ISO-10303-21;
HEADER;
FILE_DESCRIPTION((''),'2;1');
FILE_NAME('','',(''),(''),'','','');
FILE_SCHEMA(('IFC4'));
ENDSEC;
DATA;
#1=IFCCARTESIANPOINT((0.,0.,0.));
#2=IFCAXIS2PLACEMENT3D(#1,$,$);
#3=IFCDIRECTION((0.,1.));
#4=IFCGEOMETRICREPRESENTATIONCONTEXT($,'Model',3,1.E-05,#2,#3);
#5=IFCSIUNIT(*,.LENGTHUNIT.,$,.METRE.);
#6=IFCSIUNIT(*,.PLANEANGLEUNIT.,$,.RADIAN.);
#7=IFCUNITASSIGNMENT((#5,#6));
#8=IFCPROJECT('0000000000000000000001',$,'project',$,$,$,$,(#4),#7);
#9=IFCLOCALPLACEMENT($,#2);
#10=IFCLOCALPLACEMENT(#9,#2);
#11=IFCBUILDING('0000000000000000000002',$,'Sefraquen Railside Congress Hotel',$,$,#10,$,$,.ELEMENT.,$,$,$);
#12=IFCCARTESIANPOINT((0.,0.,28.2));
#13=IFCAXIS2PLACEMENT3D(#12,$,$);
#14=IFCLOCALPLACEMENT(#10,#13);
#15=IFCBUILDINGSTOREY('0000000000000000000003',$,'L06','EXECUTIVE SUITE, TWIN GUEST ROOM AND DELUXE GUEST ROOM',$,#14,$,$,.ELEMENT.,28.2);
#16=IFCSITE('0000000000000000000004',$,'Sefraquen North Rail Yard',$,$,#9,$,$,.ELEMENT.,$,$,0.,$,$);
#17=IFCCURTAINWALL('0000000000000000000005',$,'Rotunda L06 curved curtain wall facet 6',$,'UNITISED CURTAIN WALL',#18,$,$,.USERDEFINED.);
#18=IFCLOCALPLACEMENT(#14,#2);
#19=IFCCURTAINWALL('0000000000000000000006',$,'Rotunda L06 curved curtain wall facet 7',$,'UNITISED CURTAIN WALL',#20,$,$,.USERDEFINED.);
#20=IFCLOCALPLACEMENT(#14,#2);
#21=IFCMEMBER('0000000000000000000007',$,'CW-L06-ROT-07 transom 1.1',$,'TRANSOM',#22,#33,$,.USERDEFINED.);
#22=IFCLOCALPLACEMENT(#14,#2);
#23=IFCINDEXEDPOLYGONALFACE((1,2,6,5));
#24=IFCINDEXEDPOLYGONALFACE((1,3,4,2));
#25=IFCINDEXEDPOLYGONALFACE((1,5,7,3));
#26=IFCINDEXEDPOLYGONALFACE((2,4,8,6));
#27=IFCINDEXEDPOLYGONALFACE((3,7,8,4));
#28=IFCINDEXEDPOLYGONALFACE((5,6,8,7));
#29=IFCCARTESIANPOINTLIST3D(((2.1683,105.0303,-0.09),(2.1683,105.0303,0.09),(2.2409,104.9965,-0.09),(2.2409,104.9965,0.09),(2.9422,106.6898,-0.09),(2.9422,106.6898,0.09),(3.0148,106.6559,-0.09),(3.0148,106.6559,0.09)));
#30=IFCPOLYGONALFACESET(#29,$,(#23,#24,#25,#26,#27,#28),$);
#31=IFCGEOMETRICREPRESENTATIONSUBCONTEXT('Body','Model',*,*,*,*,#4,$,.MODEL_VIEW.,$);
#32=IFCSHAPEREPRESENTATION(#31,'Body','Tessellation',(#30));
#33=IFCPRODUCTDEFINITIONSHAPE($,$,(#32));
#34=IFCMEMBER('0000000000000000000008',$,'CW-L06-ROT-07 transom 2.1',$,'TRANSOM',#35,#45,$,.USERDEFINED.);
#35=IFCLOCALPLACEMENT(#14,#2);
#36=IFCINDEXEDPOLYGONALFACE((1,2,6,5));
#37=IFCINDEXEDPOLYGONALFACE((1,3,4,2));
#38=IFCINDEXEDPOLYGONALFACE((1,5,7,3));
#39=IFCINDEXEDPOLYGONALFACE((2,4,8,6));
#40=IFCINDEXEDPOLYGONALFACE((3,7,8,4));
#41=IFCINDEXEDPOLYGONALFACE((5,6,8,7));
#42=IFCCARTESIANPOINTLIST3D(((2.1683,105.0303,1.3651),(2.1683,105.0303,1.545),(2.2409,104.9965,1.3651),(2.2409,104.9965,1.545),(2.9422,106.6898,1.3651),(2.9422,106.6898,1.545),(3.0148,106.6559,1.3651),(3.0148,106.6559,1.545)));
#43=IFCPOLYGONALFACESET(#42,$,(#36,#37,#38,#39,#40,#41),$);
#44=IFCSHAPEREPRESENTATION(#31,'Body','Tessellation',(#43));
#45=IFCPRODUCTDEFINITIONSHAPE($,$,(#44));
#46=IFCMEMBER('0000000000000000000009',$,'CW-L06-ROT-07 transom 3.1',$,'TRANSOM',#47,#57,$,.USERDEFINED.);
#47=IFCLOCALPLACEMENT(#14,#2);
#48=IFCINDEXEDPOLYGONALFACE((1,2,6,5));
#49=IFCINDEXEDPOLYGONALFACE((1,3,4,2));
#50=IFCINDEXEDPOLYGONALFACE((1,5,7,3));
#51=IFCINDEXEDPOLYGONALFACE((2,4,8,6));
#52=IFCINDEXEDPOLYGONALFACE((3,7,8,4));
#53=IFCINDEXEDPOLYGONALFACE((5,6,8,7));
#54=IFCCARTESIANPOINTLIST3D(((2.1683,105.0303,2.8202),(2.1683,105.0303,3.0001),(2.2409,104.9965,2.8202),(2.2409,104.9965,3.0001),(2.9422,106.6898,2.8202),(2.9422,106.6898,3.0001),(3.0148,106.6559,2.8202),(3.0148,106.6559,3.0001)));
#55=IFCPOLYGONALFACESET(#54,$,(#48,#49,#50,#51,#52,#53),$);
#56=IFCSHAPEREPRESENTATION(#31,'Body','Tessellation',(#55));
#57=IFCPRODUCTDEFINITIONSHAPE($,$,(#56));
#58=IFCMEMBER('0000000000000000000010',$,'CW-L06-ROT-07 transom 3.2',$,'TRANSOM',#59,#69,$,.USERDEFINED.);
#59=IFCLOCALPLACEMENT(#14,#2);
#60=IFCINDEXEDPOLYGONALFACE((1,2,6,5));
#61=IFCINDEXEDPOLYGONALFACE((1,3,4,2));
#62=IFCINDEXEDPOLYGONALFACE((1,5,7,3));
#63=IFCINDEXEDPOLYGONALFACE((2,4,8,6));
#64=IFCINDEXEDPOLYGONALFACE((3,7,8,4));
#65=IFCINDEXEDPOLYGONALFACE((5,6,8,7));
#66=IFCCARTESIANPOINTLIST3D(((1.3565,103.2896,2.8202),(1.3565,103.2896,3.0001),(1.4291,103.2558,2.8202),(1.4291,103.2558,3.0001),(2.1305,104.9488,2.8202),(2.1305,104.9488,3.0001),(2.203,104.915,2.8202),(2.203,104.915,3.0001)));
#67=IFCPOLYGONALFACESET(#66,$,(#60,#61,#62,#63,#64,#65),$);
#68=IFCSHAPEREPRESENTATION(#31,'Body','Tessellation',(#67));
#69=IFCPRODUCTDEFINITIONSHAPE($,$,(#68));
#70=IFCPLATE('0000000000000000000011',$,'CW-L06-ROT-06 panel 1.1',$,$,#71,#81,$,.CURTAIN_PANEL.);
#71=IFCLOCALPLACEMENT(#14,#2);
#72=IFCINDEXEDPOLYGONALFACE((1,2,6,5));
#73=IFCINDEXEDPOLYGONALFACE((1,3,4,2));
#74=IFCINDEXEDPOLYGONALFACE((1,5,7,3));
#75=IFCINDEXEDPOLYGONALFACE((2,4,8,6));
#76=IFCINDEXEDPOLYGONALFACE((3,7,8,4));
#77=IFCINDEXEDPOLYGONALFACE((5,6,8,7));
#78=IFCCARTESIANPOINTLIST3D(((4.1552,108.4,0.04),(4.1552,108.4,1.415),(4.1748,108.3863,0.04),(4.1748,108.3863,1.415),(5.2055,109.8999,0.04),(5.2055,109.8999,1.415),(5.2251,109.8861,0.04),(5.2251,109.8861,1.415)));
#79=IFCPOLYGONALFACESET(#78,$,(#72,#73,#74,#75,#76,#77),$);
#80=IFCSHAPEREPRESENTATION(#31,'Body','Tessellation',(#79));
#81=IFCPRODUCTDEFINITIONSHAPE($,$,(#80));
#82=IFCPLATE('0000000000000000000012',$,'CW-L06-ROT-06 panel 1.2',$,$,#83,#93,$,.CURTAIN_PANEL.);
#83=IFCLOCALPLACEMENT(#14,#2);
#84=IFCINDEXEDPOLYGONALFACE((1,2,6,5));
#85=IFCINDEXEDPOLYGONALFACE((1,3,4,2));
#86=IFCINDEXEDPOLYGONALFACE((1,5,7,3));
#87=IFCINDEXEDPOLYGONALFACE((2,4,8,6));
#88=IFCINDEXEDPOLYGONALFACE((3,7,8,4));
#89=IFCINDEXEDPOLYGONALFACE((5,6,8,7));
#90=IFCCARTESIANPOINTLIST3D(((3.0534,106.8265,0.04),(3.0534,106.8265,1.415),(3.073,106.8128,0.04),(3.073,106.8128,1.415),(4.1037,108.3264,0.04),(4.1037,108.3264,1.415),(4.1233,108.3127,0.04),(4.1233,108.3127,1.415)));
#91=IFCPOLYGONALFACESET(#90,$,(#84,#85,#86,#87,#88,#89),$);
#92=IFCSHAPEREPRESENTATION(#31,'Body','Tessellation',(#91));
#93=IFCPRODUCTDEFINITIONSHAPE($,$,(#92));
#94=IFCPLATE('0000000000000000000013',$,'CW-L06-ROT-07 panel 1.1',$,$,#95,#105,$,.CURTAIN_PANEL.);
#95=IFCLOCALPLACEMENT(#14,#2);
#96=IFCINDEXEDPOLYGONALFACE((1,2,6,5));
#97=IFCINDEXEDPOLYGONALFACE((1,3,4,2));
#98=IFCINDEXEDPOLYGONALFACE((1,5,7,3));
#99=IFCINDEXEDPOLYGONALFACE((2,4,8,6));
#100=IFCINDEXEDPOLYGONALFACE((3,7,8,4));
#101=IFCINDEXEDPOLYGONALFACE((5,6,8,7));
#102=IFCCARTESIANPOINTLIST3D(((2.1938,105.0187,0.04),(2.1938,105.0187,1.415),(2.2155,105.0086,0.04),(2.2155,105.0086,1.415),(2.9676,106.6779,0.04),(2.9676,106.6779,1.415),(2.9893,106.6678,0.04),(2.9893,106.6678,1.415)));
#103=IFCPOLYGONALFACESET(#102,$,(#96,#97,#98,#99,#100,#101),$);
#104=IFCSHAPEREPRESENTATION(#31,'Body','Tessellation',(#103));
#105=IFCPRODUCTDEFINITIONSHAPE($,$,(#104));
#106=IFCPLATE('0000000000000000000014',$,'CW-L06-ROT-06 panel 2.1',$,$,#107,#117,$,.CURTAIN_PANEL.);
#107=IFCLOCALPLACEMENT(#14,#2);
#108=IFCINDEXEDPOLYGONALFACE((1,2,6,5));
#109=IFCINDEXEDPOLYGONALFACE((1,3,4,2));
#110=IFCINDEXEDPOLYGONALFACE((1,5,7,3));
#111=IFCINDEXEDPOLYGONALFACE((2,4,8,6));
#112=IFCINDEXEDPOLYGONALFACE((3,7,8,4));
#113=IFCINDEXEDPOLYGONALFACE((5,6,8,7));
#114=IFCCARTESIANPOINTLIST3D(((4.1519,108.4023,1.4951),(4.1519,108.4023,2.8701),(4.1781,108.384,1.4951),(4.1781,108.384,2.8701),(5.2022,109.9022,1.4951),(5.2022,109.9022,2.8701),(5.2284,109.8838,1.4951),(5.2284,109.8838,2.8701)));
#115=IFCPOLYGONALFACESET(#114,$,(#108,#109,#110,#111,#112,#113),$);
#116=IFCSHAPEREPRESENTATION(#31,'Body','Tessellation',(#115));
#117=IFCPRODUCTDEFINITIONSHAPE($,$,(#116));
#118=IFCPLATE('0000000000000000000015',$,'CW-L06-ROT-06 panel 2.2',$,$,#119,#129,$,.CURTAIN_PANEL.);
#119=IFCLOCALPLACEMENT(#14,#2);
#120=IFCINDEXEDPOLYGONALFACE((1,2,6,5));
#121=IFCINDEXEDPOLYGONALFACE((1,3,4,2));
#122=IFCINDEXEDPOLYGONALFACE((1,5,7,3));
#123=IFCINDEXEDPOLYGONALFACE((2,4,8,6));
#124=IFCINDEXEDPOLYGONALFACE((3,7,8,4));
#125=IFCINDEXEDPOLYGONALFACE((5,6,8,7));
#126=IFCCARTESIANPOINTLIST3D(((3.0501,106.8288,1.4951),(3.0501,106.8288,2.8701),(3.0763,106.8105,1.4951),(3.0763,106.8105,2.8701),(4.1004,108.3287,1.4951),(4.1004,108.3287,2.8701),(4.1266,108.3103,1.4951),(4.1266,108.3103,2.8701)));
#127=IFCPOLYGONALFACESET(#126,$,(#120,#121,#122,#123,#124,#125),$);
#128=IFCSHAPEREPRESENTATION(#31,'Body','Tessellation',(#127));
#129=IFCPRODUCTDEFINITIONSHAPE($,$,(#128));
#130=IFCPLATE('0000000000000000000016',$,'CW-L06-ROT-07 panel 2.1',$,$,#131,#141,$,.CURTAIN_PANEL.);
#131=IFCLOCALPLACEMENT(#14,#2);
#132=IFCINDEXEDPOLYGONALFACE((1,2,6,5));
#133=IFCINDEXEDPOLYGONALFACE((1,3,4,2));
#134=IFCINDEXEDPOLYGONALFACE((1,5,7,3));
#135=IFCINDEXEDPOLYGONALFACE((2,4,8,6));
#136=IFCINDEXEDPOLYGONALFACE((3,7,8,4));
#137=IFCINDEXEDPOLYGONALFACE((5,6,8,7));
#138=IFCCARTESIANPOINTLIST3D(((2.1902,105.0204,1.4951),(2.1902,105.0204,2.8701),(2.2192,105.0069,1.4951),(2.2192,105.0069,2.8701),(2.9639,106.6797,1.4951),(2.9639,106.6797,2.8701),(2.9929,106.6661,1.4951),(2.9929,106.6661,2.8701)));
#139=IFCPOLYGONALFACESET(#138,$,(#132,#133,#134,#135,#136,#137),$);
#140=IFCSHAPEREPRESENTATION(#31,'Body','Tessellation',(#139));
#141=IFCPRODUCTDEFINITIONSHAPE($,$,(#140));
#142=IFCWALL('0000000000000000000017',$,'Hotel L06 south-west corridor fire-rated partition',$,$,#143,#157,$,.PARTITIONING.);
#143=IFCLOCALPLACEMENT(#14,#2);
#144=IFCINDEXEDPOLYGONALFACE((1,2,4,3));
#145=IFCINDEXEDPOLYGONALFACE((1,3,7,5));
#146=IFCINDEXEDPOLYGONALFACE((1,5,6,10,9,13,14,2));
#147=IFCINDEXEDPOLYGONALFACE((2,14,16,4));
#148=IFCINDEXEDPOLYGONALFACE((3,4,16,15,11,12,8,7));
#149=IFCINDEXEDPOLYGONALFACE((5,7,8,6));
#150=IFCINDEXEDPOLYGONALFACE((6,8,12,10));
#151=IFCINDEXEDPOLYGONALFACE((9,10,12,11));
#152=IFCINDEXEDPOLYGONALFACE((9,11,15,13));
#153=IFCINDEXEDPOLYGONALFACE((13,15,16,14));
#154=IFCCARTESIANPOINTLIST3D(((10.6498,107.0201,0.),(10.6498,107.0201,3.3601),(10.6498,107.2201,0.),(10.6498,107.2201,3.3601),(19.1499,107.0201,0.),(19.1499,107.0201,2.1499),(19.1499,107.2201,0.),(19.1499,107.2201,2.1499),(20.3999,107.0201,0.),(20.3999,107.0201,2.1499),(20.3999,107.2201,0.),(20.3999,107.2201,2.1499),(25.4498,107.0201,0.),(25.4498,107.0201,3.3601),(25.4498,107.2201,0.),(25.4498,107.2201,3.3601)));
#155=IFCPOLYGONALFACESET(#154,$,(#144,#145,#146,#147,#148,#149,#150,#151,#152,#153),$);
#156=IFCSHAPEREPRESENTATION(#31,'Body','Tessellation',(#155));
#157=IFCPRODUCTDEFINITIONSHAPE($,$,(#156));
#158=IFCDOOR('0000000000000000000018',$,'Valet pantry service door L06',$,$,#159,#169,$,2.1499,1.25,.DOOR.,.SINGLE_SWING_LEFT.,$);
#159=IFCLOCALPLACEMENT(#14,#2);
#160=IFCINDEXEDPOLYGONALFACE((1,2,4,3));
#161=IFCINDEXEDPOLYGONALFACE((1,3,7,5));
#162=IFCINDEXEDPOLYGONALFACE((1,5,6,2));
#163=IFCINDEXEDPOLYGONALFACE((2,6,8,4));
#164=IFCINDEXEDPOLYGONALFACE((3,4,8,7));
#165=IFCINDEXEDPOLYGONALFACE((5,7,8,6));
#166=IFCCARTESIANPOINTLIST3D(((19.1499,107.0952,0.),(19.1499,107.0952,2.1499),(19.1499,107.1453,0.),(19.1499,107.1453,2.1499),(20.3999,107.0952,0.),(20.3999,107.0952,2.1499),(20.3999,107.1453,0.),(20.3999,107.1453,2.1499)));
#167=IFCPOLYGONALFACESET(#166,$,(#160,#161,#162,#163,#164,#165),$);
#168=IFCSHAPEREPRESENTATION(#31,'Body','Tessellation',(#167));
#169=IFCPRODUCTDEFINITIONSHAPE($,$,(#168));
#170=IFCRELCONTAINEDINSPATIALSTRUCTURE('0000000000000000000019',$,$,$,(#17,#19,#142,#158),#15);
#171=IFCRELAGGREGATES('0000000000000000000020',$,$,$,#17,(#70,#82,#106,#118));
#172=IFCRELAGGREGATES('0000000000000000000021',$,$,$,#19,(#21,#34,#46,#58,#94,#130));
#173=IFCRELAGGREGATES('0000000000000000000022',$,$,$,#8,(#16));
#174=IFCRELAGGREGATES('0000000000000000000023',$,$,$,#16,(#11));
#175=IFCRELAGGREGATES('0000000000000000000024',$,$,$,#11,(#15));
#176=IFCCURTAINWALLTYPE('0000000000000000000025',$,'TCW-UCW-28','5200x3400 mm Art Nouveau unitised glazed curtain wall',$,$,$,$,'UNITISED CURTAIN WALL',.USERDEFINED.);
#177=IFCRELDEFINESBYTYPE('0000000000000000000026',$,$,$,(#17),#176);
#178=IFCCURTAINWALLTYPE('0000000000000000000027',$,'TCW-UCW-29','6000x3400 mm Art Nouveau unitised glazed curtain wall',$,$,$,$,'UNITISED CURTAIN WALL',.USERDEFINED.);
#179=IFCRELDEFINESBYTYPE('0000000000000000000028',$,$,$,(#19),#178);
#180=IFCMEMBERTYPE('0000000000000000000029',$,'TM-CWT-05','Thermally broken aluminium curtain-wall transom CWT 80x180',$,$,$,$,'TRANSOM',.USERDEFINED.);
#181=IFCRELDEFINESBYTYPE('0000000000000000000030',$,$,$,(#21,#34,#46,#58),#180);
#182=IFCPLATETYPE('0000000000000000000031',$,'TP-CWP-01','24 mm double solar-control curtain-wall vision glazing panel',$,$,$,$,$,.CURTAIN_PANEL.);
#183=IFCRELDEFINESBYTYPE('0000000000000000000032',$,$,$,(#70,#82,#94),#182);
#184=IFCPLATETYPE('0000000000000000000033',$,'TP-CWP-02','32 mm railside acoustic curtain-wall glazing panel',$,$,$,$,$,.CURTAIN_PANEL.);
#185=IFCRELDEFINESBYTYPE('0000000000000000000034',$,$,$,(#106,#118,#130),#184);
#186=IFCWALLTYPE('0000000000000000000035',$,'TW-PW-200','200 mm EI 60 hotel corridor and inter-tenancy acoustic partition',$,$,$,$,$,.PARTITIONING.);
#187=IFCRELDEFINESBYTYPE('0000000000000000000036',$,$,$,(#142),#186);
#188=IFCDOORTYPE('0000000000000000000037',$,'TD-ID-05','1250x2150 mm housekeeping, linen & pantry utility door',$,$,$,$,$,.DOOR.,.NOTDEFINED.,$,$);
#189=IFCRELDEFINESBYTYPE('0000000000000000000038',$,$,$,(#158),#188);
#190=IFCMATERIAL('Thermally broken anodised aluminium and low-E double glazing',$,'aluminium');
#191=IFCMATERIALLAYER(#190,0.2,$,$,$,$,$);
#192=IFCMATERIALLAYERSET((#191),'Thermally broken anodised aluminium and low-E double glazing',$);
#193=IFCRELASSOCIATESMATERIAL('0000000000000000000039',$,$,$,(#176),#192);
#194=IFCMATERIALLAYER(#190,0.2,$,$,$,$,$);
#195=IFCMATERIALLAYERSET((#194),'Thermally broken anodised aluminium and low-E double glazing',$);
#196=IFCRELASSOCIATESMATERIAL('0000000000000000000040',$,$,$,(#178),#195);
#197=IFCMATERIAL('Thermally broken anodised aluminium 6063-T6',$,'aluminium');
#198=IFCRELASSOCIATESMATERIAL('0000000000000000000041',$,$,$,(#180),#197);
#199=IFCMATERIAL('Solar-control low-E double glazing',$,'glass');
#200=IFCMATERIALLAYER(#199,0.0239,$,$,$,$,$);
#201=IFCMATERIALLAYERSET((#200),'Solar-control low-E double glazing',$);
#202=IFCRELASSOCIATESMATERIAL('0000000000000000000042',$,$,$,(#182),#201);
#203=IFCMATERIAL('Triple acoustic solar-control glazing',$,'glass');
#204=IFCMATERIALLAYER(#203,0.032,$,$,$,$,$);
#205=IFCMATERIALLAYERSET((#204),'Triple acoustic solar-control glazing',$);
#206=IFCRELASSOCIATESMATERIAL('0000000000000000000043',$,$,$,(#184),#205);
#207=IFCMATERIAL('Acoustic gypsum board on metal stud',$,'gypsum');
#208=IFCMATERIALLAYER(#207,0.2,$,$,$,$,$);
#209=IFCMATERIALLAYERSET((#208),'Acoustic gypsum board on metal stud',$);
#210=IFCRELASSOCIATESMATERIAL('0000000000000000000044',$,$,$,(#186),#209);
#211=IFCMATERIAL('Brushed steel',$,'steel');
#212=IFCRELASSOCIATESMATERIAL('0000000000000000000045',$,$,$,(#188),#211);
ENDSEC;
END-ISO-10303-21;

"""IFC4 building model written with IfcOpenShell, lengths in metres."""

from ifc_helpers import new_model, si_unit, direction, frame, frame_2d, origin, origin_2d, place, context, subcontext, project, spatial, rectangle, extrude, material, layer, layer_set, material_profile, profile_set, type_object, element, fill, aggregate, save


model = new_model("IFC4")

# Units and contexts
model_context = context("Model", 3, precision=1e-05, world=origin(), true_north=direction((0.0, 1.0)))
body_context = subcontext(model_context, "Body", "Model", "MODEL_VIEW")
ifc_project = project(units=[si_unit("LENGTHUNIT", "METRE"), si_unit("PLANEANGLEUNIT", "RADIAN")], contexts=[model_context])

# Site, building, storey
site_placement = place(None, origin())
site = spatial("IfcSite", under=ifc_project, at=site_placement, Name="Sefraquen North Rail Yard", CompositionType="ELEMENT", RefElevation=0.0)
building_placement = place(site_placement, origin())
building = spatial("IfcBuilding", under=site, at=building_placement, Name="Sefraquen Railside Congress Hotel", CompositionType="ELEMENT")
storey_placement = place(building_placement, frame((0.0, 0.0, 28.2)))
storey = spatial("IfcBuildingStorey", under=building, at=storey_placement, Name="L06", Description="EXECUTIVE SUITE, TWIN GUEST ROOM AND DELUXE GUEST ROOM", CompositionType="ELEMENT", Elevation=28.2)

# Curtain walls
ifc_material_1 = material(Name="Thermally broken anodised aluminium and low-E double glazing", Category="aluminium")
ifc_layer_1 = layer(ifc_material_1, 0.2)
ifc_layer_set_1 = layer_set([ifc_layer_1], Name="Thermally broken anodised aluminium and low-E double glazing")
curtain_wall_type_1 = type_object("IfcCurtainWallType", Name="TCW-UCW-28", Description="5200x3400 mm Art Nouveau unitised glazed curtain wall", ElementType="UNITISED CURTAIN WALL", PredefinedType="USERDEFINED", material=ifc_layer_set_1)
curtain_wall_1_placement = place(storey_placement, origin())
curtain_wall_1 = element("IfcCurtainWall", 1, at=curtain_wall_1_placement, inside=storey, type_object=curtain_wall_type_1, Name="Rotunda L06 curved curtain wall facet 6", ObjectType="UNITISED CURTAIN WALL", PredefinedType="USERDEFINED")
ifc_material_2 = material(Name="Thermally broken anodised aluminium 6063-T6", Category="aluminium")
ifc_layer_2 = layer(ifc_material_1, 0.2)
ifc_layer_set_2 = layer_set([ifc_layer_2], Name="Thermally broken anodised aluminium and low-E double glazing")
curtain_wall_type_2 = type_object("IfcCurtainWallType", Name="TCW-UCW-29", Description="6000x3400 mm Art Nouveau unitised glazed curtain wall", ElementType="UNITISED CURTAIN WALL", PredefinedType="USERDEFINED", material=ifc_layer_set_2)
curtain_wall_2_placement = place(storey_placement, origin())
curtain_wall_2 = element("IfcCurtainWall", 2, at=curtain_wall_2_placement, inside=storey, type_object=curtain_wall_type_2, Name="Rotunda L06 curved curtain wall facet 7", ObjectType="UNITISED CURTAIN WALL", PredefinedType="USERDEFINED")

# Members
ifc_material_profile_1 = material_profile(ifc_material_2, rectangle(XDim=0.0801, YDim=0.1799, at=origin_2d()), Name="CWT 80x180")
ifc_profile_set_1 = profile_set([ifc_material_profile_1], Name="Thermally broken anodised aluminium 6063-T6")
member_type_1 = type_object("IfcMemberType", Name="TM-CWT-05", Description="Thermally broken aluminium curtain-wall transom CWT 80x180", ElementType="TRANSOM", PredefinedType="USERDEFINED", material=ifc_profile_set_1)
member_1_placement = place(storey_placement, frame((2.9785, 106.6729, 0.0), z_axis=(-0.422674, -0.906282, 0.0), x_axis=(0.906282, -0.422674, 0.0)))
member_1 = element("IfcMember", 3, at=member_1_placement, type_object=member_type_1, Name="CW-L06-ROT-07 transom 1.1", ObjectType="TRANSOM", PredefinedType="USERDEFINED", context=body_context, shape_type="SweptSolid", body=[
    extrude(rectangle(XDim=0.0801, YDim=0.1799, at=origin_2d()), origin(), (0.0, 0.0, 1.0), 1.8311),
])
member_2_placement = place(storey_placement, frame((2.9785, 106.6729, 1.4551), z_axis=(-0.422674, -0.906282, 0.0), x_axis=(0.906282, -0.422674, 0.0)))
member_2 = element("IfcMember", 4, at=member_2_placement, type_object=member_type_1, Name="CW-L06-ROT-07 transom 2.1", ObjectType="TRANSOM", PredefinedType="USERDEFINED", context=body_context, shape_type="SweptSolid", body=[
    extrude(rectangle(XDim=0.0801, YDim=0.1799, at=origin_2d()), origin(), (0.0, 0.0, 1.0), 1.8311),
])
member_3_placement = place(storey_placement, frame((2.9785, 106.6729, 2.9102), z_axis=(-0.422674, -0.906282, 0.0), x_axis=(0.906282, -0.422674, 0.0)))
member_3 = element("IfcMember", 5, at=member_3_placement, type_object=member_type_1, Name="CW-L06-ROT-07 transom 3.1", ObjectType="TRANSOM", PredefinedType="USERDEFINED", context=body_context, shape_type="SweptSolid", body=[
    extrude(rectangle(XDim=0.0801, YDim=0.1799, at=origin_2d()), origin(), (0.0, 0.0, 1.0), 1.8311),
])
member_4_placement = place(storey_placement, frame((2.1667, 104.9319, 2.9102), z_axis=(-0.422725, -0.906258, 0.0), x_axis=(0.906258, -0.422725, 0.0)))
member_4 = element("IfcMember", 6, at=member_4_placement, type_object=member_type_1, Name="CW-L06-ROT-07 transom 3.2", ObjectType="TRANSOM", PredefinedType="USERDEFINED", context=body_context, shape_type="SweptSolid", body=[
    extrude(rectangle(XDim=0.0801, YDim=0.1799, at=origin_2d()), origin(), (0.0, 0.0, 1.0), 1.8308),
])

# Plates
ifc_material_3 = material(Name="Solar-control low-E double glazing", Category="glass")
ifc_layer_3 = layer(ifc_material_3, 0.0239)
ifc_layer_set_3 = layer_set([ifc_layer_3], Name="Solar-control low-E double glazing")
plate_type_1 = type_object("IfcPlateType", Name="TP-CWP-01", Description="24 mm double solar-control curtain-wall vision glazing panel", PredefinedType="CURTAIN_PANEL", material=ifc_layer_set_3)
plate_1_placement = place(storey_placement, frame((4.6902, 109.1431, 0.04), z_axis=(0.0, 0.0, 1.0), x_axis=(-0.573605, -0.819132, 0.0)))
plate_1 = element("IfcPlate", 7, at=plate_1_placement, type_object=plate_type_1, Name="CW-L06-ROT-06 panel 1.1", PredefinedType="CURTAIN_PANEL", context=body_context, shape_type="SweptSolid", body=[
    extrude(rectangle(XDim=1.8311, YDim=0.0239, at=origin_2d()), origin(), (0.0, 0.0, 1.0), 1.375),
])
plate_2_placement = place(storey_placement, frame((3.5884, 107.5696, 0.04), z_axis=(0.0, 0.0, 1.0), x_axis=(-0.573605, -0.819132, 0.0)))
plate_2 = element("IfcPlate", 8, at=plate_2_placement, type_object=plate_type_1, Name="CW-L06-ROT-06 panel 1.2", PredefinedType="CURTAIN_PANEL", context=body_context, shape_type="SweptSolid", body=[
    extrude(rectangle(XDim=1.8311, YDim=0.0239, at=origin_2d()), origin(), (0.0, 0.0, 1.0), 1.375),
])
plate_3_placement = place(storey_placement, frame((2.5916, 105.8433, 0.04), z_axis=(0.0, 0.0, 1.0), x_axis=(-0.422634, -0.9063, 0.0)))
plate_3 = element("IfcPlate", 9, at=plate_3_placement, type_object=plate_type_1, Name="CW-L06-ROT-07 panel 1.1", PredefinedType="CURTAIN_PANEL", context=body_context, shape_type="SweptSolid", body=[
    extrude(rectangle(XDim=1.8308, YDim=0.0239, at=origin_2d()), origin(), (0.0, 0.0, 1.0), 1.375),
])
ifc_material_4 = material(Name="Triple acoustic solar-control glazing", Category="glass")
ifc_layer_4 = layer(ifc_material_4, 0.032)
ifc_layer_set_4 = layer_set([ifc_layer_4], Name="Triple acoustic solar-control glazing")
plate_type_2 = type_object("IfcPlateType", Name="TP-CWP-02", Description="32 mm railside acoustic curtain-wall glazing panel", PredefinedType="CURTAIN_PANEL", material=ifc_layer_set_4)
plate_4_placement = place(storey_placement, frame((4.6902, 109.1431, 1.4951), z_axis=(0.0, 0.0, 1.0), x_axis=(-0.573605, -0.819132, 0.0)))
plate_4 = element("IfcPlate", 10, at=plate_4_placement, type_object=plate_type_2, Name="CW-L06-ROT-06 panel 2.1", PredefinedType="CURTAIN_PANEL", context=body_context, shape_type="SweptSolid", body=[
    extrude(rectangle(XDim=1.8311, YDim=0.032, at=origin_2d()), origin(), (0.0, 0.0, 1.0), 1.375),
])
plate_5_placement = place(storey_placement, frame((3.5884, 107.5696, 1.4951), z_axis=(0.0, 0.0, 1.0), x_axis=(-0.573605, -0.819132, 0.0)))
plate_5 = element("IfcPlate", 11, at=plate_5_placement, type_object=plate_type_2, Name="CW-L06-ROT-06 panel 2.2", PredefinedType="CURTAIN_PANEL", context=body_context, shape_type="SweptSolid", body=[
    extrude(rectangle(XDim=1.8311, YDim=0.032, at=origin_2d()), origin(), (0.0, 0.0, 1.0), 1.375),
])
aggregate(curtain_wall_1, [plate_1, plate_2, plate_4, plate_5])
plate_6_placement = place(storey_placement, frame((2.5916, 105.8433, 1.4951), z_axis=(0.0, 0.0, 1.0), x_axis=(-0.422634, -0.9063, 0.0)))
plate_6 = element("IfcPlate", 12, at=plate_6_placement, type_object=plate_type_2, Name="CW-L06-ROT-07 panel 2.1", PredefinedType="CURTAIN_PANEL", context=body_context, shape_type="SweptSolid", body=[
    extrude(rectangle(XDim=1.8308, YDim=0.032, at=origin_2d()), origin(), (0.0, 0.0, 1.0), 1.375),
])
aggregate(curtain_wall_2, [member_1, member_2, member_3, member_4, plate_3, plate_6])

# Wall, opening, door
ifc_material_5 = material(Name="Acoustic gypsum board on metal stud", Category="gypsum")
ifc_layer_5 = layer(ifc_material_5, 0.2)
ifc_layer_set_5 = layer_set([ifc_layer_5], Name="Acoustic gypsum board on metal stud")
wall_type = type_object("IfcWallType", Name="TW-PW-200", Description="200 mm EI 60 hotel corridor and inter-tenancy acoustic partition", PredefinedType="PARTITIONING", material=ifc_layer_set_5)
wall_placement = place(storey_placement, frame((10.6499, 107.1201, 0.0), z_axis=(0.0, 0.0, 1.0), x_axis=(1.0, 0.0, 0.0)))
wall = element("IfcWall", 13, at=wall_placement, inside=storey, type_object=wall_type, Name="Hotel L06 south-west corridor fire-rated partition", PredefinedType="PARTITIONING", context=body_context, shape_type="SweptSolid", body=[
    extrude(rectangle(XDim=14.8, YDim=0.2, at=frame_2d((7.3999, 0.0))), origin(), (0.0, 0.0, 1.0), 3.3601),
])
opening_placement = place(wall_placement, frame((8.5, 0.0, 0.0)))
opening = element("IfcOpeningElement", 14, at=opening_placement, cuts=wall, PredefinedType="OPENING", context=body_context, shape_type="SweptSolid", body=[
    extrude(rectangle(XDim=1.25, YDim=2.1499, at=frame_2d((0.625, 1.075))), frame((0.0, 0.1099, 0.0), z_axis=(0.0, -1.0, 0.0), x_axis=(1.0, 0.0, 0.0)), (0.0, 0.0, 1.0), 0.22),
])
ifc_material_6 = material(Name="Brushed steel", Category="steel")
door_type = type_object("IfcDoorType", Name="TD-ID-05", Description="1250x2150 mm housekeeping, linen & pantry utility door", OperationType="NOTDEFINED", PredefinedType="DOOR", material=ifc_material_6)
door_placement = place(opening_placement, frame((1.25, 0.0, 0.0), z_axis=(0.0, 0.0, 1.0), x_axis=(-1.0, 0.0, 0.0)))
door = element("IfcDoor", 15, at=door_placement, inside=storey, type_object=door_type, Name="Valet pantry service door L06", OperationType="SINGLE_SWING_LEFT", OverallHeight=2.1499, OverallWidth=1.25, PredefinedType="DOOR", context=body_context, shape_type="SweptSolid", body=[
    extrude(rectangle(XDim=1.25, YDim=2.1499, at=frame_2d((0.625, 1.075))), frame((0.0, 0.0249, 0.0), z_axis=(0.0, -1.0, 0.0), x_axis=(1.0, 0.0, 0.0)), (0.0, 0.0, 1.0), 0.05),
])
fill(opening, door)

save(model, "model.ifc")
